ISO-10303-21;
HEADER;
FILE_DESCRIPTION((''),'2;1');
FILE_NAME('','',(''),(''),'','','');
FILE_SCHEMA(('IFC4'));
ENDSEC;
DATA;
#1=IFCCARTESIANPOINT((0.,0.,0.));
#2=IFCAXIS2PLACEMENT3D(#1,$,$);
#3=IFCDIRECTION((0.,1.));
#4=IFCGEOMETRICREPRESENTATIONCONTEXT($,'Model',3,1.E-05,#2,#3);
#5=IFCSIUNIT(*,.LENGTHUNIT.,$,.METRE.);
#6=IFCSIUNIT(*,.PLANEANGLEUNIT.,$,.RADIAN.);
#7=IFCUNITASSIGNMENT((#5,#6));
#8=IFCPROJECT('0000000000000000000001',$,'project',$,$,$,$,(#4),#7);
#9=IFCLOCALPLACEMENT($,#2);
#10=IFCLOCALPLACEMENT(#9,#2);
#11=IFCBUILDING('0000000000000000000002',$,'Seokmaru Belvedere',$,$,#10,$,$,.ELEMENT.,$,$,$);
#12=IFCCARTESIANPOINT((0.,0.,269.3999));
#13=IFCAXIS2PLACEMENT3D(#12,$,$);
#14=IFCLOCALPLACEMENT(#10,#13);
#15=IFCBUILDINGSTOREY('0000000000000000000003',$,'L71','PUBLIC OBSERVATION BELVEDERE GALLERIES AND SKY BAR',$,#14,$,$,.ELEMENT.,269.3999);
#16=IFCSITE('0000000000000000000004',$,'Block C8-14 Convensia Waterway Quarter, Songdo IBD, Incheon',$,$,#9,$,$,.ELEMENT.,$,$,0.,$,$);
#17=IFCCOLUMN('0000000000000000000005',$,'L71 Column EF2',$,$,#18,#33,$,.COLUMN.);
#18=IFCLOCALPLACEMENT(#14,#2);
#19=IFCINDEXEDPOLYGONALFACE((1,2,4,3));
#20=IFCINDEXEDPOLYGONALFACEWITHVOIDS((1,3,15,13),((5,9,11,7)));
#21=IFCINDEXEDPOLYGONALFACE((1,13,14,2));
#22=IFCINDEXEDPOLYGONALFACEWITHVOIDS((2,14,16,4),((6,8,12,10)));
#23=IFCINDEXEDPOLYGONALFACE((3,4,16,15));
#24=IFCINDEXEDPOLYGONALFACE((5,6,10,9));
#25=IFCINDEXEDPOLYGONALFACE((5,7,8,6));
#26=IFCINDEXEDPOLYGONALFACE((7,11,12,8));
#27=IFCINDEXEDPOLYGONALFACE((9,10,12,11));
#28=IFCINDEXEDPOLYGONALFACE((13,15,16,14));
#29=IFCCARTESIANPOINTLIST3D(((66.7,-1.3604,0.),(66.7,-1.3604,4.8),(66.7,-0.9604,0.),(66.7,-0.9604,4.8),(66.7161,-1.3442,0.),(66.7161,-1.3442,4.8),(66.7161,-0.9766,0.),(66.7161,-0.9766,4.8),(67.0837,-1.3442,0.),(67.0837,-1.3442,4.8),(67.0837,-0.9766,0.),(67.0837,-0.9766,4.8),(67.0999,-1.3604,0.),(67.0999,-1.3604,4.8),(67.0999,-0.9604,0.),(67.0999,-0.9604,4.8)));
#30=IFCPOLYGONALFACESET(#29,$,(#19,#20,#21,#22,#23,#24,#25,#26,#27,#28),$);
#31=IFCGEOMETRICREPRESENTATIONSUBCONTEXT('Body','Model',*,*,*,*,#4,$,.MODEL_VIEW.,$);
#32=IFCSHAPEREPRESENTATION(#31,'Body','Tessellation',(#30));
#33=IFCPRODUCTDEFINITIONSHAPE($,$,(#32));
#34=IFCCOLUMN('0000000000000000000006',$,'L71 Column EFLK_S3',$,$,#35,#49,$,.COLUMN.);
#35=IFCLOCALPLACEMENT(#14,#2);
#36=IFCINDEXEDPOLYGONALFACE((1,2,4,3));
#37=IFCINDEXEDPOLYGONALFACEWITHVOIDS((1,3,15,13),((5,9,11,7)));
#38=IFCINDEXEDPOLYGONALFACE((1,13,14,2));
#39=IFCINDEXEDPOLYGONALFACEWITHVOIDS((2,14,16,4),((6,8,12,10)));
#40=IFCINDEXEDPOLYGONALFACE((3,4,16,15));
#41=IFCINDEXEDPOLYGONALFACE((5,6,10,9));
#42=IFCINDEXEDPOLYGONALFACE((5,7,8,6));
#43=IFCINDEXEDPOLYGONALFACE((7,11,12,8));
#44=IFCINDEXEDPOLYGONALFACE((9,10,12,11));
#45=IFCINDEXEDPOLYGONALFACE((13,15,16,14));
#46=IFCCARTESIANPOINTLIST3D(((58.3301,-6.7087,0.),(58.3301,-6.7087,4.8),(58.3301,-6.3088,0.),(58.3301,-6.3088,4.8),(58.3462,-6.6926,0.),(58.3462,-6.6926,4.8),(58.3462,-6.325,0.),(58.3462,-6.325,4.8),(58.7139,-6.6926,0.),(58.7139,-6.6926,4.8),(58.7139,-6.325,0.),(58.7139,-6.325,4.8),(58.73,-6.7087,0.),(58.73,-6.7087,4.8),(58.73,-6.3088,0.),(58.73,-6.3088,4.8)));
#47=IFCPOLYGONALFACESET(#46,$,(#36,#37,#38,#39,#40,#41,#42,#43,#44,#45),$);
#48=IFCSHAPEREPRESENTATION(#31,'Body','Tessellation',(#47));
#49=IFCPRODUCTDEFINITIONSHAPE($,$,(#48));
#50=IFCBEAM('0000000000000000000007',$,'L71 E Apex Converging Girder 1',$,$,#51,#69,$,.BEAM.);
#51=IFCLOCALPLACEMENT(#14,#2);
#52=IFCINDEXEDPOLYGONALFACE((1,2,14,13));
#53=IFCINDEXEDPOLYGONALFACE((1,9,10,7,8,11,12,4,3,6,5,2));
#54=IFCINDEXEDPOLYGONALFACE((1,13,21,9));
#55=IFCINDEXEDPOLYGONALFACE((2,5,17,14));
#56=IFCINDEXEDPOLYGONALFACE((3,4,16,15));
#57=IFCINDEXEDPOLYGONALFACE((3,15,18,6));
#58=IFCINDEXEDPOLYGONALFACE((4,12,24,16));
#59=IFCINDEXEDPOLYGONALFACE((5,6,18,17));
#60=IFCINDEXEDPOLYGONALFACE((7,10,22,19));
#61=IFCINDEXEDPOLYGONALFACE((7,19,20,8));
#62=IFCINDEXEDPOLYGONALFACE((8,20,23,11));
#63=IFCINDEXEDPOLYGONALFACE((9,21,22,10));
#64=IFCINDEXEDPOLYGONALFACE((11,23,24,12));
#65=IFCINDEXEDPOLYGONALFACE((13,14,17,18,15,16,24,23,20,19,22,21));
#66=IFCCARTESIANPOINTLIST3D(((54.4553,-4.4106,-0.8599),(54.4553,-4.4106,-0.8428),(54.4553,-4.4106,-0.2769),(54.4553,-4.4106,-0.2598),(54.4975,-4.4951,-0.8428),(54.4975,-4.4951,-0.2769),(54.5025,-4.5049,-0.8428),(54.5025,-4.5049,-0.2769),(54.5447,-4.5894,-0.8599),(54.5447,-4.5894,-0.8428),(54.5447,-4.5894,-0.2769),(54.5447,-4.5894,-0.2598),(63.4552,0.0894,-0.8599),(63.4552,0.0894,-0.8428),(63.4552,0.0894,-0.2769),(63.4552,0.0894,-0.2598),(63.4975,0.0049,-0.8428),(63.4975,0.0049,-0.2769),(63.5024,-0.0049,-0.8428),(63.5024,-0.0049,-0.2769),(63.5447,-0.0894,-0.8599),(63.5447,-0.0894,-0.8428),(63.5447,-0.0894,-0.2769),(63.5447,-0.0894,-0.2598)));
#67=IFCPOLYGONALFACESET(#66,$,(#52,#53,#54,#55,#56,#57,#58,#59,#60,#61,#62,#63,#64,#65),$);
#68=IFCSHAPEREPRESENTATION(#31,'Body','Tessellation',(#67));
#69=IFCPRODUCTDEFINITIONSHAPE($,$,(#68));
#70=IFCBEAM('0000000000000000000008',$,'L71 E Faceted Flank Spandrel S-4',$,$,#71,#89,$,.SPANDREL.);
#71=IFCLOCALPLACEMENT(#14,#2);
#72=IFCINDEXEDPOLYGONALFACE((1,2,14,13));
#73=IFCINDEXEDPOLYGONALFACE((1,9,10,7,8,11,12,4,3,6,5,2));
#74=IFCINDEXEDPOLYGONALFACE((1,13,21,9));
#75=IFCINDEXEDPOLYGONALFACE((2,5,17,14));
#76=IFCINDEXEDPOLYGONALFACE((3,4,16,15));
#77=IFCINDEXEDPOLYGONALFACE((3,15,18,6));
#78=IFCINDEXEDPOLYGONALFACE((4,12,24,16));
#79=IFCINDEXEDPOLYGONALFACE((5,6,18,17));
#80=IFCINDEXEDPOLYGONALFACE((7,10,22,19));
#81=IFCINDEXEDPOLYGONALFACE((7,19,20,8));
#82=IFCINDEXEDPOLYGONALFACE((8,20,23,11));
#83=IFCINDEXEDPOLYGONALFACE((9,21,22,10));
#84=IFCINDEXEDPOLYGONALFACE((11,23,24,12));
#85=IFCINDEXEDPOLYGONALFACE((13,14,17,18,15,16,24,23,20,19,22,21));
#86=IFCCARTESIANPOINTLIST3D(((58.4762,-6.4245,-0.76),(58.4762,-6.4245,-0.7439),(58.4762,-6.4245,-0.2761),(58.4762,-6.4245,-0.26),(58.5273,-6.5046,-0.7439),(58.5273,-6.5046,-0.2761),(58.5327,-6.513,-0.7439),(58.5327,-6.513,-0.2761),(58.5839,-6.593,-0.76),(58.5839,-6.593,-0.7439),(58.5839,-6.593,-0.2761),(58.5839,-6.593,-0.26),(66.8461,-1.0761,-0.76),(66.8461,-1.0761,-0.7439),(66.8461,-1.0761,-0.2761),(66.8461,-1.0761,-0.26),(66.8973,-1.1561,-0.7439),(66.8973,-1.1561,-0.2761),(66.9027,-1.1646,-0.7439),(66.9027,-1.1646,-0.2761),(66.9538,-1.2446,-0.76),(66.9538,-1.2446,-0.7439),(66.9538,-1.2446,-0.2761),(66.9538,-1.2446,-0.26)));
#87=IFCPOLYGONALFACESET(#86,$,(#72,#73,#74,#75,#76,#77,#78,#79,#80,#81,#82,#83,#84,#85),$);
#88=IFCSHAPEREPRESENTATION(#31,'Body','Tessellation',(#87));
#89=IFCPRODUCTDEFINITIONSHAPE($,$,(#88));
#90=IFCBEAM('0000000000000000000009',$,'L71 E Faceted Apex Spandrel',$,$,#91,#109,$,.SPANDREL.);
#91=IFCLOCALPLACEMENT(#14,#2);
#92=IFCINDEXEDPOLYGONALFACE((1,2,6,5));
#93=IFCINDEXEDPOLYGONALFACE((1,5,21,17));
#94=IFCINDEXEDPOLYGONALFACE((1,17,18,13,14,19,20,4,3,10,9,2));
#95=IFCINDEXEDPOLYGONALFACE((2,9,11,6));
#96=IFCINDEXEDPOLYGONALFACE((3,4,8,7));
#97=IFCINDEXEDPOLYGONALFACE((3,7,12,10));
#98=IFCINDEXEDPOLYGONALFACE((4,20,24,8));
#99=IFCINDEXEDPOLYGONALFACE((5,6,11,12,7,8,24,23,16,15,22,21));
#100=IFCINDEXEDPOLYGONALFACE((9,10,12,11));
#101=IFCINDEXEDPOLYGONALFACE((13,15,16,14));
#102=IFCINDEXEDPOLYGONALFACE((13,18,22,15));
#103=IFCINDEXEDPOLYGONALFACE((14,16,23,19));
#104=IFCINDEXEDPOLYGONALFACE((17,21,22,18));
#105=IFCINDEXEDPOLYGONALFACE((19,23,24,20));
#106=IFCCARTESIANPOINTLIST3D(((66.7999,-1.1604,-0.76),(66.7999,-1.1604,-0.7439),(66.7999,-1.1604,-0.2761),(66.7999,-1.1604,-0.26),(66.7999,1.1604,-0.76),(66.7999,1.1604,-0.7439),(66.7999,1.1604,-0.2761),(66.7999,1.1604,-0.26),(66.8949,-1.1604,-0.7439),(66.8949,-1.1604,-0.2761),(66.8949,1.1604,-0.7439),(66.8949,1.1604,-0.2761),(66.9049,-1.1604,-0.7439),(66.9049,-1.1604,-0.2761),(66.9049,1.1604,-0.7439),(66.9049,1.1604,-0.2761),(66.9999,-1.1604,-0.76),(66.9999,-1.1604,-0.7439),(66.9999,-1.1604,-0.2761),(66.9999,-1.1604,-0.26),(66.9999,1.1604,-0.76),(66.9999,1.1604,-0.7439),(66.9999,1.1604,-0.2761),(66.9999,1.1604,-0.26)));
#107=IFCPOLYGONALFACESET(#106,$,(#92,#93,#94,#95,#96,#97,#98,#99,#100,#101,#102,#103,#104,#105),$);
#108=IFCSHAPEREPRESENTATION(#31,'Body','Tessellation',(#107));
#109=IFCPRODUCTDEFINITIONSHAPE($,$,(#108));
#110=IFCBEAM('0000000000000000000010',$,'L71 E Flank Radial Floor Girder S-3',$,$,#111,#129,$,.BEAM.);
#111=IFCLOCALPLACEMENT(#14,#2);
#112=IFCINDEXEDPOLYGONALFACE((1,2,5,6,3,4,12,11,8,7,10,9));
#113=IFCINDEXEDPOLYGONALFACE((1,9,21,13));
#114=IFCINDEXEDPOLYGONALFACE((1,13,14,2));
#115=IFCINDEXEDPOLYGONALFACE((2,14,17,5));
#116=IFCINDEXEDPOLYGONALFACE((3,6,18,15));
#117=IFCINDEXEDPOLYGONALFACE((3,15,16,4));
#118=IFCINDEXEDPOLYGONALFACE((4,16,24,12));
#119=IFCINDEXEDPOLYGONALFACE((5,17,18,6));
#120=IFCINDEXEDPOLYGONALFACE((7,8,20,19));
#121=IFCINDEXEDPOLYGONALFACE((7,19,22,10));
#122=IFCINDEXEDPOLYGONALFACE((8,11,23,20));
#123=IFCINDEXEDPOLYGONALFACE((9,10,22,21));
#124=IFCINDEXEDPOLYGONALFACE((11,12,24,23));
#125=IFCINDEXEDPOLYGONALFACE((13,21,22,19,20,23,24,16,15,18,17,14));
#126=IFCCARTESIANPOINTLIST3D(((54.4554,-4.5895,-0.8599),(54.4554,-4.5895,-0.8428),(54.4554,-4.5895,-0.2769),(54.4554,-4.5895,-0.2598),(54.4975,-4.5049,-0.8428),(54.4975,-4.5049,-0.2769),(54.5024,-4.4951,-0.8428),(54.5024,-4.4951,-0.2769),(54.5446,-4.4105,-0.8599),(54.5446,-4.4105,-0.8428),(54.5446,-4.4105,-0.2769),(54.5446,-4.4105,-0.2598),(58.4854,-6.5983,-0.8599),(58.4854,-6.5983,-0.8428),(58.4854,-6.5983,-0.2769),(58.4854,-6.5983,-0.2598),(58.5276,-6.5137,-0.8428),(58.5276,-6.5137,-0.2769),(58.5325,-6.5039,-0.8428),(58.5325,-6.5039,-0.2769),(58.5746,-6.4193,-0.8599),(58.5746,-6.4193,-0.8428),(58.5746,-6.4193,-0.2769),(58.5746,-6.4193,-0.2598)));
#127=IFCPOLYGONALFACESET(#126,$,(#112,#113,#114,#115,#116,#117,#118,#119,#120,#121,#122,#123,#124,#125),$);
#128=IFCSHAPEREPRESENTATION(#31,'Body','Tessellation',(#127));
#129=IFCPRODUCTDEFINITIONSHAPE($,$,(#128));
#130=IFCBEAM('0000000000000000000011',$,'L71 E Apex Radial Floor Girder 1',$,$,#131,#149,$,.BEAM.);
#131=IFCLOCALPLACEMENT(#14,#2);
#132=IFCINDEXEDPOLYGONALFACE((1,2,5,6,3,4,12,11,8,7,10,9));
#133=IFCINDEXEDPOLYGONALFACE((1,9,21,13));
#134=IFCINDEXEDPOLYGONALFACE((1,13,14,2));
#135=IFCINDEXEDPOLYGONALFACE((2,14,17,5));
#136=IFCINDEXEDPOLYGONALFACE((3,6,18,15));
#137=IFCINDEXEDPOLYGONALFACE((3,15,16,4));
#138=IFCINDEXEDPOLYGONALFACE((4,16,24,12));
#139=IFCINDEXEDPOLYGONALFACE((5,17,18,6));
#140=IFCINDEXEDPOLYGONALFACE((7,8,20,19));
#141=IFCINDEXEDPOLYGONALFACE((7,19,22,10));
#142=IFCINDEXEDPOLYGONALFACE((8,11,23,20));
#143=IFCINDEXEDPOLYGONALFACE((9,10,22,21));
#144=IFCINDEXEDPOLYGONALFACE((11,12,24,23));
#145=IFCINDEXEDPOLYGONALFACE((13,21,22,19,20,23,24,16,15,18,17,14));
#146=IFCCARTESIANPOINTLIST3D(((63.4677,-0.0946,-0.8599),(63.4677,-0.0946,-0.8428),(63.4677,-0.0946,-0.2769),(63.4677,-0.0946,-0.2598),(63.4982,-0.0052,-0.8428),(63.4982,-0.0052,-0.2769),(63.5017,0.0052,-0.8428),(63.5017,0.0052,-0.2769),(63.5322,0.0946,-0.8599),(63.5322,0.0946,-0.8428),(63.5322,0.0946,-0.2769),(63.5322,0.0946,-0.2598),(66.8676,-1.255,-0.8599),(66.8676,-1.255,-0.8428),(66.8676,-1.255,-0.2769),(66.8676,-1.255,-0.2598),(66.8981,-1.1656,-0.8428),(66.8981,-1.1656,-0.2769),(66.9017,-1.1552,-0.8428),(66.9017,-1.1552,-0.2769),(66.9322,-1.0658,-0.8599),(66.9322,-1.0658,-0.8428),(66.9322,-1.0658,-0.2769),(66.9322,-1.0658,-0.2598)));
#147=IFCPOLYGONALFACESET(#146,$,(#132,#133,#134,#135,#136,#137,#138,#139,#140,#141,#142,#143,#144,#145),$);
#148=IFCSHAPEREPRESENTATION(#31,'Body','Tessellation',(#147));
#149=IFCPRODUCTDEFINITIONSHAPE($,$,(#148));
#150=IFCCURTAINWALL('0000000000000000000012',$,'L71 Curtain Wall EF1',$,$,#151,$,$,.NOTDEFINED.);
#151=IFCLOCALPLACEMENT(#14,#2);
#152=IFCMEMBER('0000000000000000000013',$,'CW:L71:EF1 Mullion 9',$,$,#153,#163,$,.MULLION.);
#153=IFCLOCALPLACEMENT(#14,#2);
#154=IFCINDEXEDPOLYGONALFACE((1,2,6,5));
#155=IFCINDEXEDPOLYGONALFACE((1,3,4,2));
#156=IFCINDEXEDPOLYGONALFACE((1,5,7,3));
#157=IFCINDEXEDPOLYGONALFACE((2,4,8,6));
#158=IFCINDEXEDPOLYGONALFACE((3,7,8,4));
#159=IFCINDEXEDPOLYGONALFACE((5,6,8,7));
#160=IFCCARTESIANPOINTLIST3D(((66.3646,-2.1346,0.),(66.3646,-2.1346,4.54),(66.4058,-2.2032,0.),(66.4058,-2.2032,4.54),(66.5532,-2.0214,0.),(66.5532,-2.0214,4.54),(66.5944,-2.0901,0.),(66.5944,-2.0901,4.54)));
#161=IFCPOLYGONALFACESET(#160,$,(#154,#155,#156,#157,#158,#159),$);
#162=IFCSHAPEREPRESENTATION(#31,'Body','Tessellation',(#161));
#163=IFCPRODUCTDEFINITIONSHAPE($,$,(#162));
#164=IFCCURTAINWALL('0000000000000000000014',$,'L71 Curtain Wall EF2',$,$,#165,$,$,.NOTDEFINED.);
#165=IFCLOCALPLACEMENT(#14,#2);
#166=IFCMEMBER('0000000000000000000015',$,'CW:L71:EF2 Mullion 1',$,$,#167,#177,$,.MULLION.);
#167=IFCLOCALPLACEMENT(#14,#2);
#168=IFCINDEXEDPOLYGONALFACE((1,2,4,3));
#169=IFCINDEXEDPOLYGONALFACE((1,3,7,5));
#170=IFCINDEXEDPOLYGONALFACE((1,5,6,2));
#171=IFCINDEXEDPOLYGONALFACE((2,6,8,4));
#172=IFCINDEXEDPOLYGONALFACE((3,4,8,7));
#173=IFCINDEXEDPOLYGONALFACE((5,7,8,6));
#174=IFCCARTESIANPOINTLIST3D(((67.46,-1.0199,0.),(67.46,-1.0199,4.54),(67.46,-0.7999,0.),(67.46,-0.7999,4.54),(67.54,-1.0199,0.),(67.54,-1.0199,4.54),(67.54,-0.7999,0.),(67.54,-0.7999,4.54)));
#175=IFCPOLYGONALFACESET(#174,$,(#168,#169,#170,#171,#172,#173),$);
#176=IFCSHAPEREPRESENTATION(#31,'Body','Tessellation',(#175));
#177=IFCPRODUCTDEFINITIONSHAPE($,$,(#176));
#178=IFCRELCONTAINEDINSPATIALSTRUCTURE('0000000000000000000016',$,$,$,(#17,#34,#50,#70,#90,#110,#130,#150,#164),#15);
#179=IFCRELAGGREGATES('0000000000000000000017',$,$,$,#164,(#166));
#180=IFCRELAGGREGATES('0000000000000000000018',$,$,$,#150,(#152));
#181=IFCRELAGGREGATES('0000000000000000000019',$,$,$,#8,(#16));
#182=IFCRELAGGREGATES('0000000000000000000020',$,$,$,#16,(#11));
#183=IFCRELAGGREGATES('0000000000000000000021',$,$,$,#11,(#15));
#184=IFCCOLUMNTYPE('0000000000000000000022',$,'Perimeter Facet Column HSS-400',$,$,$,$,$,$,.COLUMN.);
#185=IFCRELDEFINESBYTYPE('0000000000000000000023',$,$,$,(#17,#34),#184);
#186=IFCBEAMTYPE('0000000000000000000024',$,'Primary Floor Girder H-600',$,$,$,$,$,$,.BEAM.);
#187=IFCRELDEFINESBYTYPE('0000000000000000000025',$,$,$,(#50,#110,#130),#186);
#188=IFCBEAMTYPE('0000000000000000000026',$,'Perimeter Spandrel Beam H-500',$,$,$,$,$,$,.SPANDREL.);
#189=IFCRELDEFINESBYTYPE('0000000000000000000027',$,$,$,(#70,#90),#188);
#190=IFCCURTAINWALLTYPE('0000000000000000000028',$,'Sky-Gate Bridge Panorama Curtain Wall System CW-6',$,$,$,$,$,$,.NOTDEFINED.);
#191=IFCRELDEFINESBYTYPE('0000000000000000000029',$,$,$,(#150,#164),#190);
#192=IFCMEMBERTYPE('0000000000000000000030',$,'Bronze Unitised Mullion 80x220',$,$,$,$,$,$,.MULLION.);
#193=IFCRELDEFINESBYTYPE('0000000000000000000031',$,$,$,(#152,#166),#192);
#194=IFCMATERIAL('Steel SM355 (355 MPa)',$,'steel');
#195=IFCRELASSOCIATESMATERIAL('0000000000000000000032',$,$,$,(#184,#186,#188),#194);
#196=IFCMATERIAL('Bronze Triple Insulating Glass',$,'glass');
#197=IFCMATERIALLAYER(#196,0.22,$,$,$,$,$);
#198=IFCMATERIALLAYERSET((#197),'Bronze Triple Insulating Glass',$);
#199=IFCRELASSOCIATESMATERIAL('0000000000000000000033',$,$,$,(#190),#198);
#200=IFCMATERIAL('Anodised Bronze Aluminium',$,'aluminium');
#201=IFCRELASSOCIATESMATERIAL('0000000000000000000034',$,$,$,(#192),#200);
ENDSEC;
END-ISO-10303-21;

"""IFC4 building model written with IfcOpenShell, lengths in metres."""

from ifc_helpers import new_model, si_unit, direction, frame, origin, origin_2d, place, context, subcontext, project, spatial, rectangle, hollow_rectangle, i_section, extrude, source, transform, mapped, material, layer, layer_set, material_profile, profile_set, type_object, type_shapes, element, aggregate, save


model = new_model("IFC4")

# Units and contexts
model_context = context("Model", 3, precision=1e-05, world=origin(), true_north=direction((0.0, 1.0)))
body_context = subcontext(model_context, "Body", "Model", "MODEL_VIEW")
ifc_project = project(units=[si_unit("LENGTHUNIT", "METRE"), si_unit("PLANEANGLEUNIT", "RADIAN")], contexts=[model_context])

# Site, building, storey
site_placement = place(None, origin())
site = spatial("IfcSite", under=ifc_project, at=site_placement, Name="Block C8-14 Convensia Waterway Quarter, Songdo IBD, Incheon", CompositionType="ELEMENT", RefElevation=0.0)
building_placement = place(site_placement, origin())
building = spatial("IfcBuilding", under=site, at=building_placement, Name="Seokmaru Belvedere", CompositionType="ELEMENT")
storey_placement = place(building_placement, frame((0.0, 0.0, 269.3999)))
storey = spatial("IfcBuildingStorey", under=building, at=storey_placement, Name="L71", Description="PUBLIC OBSERVATION BELVEDERE GALLERIES AND SKY BAR", CompositionType="ELEMENT", Elevation=269.3999)

# Columns
ifc_material_1 = material(Name="Steel SM355 (355 MPa)", Category="steel")
ifc_material_profile_1 = material_profile(ifc_material_1, hollow_rectangle(XDim=0.3999, YDim=0.3999, WallThickness=0.0161, at=origin_2d()), Name="HSS-400x400x16")
ifc_profile_set_1 = profile_set([ifc_material_profile_1], Name="Steel SM355 (355 MPa)")
column_type = type_object("IfcColumnType", Name="Perimeter Facet Column HSS-400", PredefinedType="COLUMN", material=ifc_profile_set_1)
shared_shape_1 = source(origin(), body_context, "Body", "SweptSolid", [
    extrude(hollow_rectangle(XDim=0.3999, YDim=0.3999, WallThickness=0.0161, at=origin_2d()), origin(), (0.0, 0.0, 1.0), 4.8),
])
type_shapes(column_type, [shared_shape_1])
for number, where, z_axis, x_axis, name in (
    (1, (66.8999, -1.1604, 0.0), (0.0, 0.0, 1.0), (1.0, 0.0, 0.0), "L71 Column EF2"),
    (2, (58.53, -6.5088, 0.0), (0.0, 0.0, 1.0), (1.0, 0.0, 0.0), "L71 Column EFLK_S3"),
):
    element("IfcColumn", number, at=place(storey_placement, frame(where, z_axis=z_axis, x_axis=x_axis)), inside=storey, type_object=column_type, Name=name, PredefinedType="COLUMN", context=body_context, shape_type="MappedRepresentation", body=[
        mapped(shared_shape_1, transform((0.0, 0.0, 0.0), scale=1.0)),
    ])

# Beams
ifc_material_profile_2 = material_profile(ifc_material_1, i_section(OverallWidth=0.2, OverallDepth=0.6001, WebThickness=0.011, FlangeThickness=0.0171, at=origin_2d()), Name="H-600x200x11x17")
ifc_profile_set_2 = profile_set([ifc_material_profile_2], Name="Steel SM355 (355 MPa)")
beam_type_1 = type_object("IfcBeamType", Name="Primary Floor Girder H-600", PredefinedType="BEAM", material=ifc_profile_set_2)
shared_shape_2 = source(origin(), body_context, "Body", "SweptSolid", [
    extrude(i_section(OverallWidth=0.2, OverallDepth=0.6001, WebThickness=0.011, FlangeThickness=0.0171, at=origin_2d()), origin(), (0.0, 0.0, 1.0), 10.0623),
])
beam_1_placement = place(storey_placement, frame((54.5, -4.5, -0.5598), z_axis=(0.894427, 0.447214, 0.0), x_axis=(-0.447214, 0.894427, 0.0)))
element("IfcBeam", 3, at=beam_1_placement, inside=storey, type_object=beam_type_1, Name="L71 E Apex Converging Girder 1", PredefinedType="BEAM", context=body_context, shape_type="MappedRepresentation", body=[
    mapped(shared_shape_2, transform((0.0, 0.0, 0.0), scale=1.0)),
])
ifc_material_profile_3 = material_profile(ifc_material_1, i_section(OverallWidth=0.2, OverallDepth=0.5, WebThickness=0.01, FlangeThickness=0.0161, at=origin_2d()), Name="H-500x200x10x16")
ifc_profile_set_3 = profile_set([ifc_material_profile_3], Name="Steel SM355 (355 MPa)")
beam_type_2 = type_object("IfcBeamType", Name="Perimeter Spandrel Beam H-500", PredefinedType="SPANDREL", material=ifc_profile_set_3)
shared_shape_3 = source(origin(), body_context, "Body", "SweptSolid", [
    extrude(i_section(OverallWidth=0.2, OverallDepth=0.5, WebThickness=0.01, FlangeThickness=0.0161, at=origin_2d()), origin(), (0.0, 0.0, 1.0), 9.9329),
])
beam_2_placement = place(storey_placement, frame((58.53, -6.5088, -0.51), z_axis=(0.842652, 0.538459, 0.0), x_axis=(-0.538459, 0.842652, 0.0)))
element("IfcBeam", 4, at=beam_2_placement, inside=storey, type_object=beam_type_2, Name="L71 E Faceted Flank Spandrel S-4", PredefinedType="SPANDREL", context=body_context, shape_type="MappedRepresentation", body=[
    mapped(shared_shape_3, transform((0.0, 0.0, 0.0), scale=1.0)),
])
shared_shape_4 = source(origin(), body_context, "Body", "SweptSolid", [
    extrude(i_section(OverallWidth=0.2, OverallDepth=0.5, WebThickness=0.01, FlangeThickness=0.0161, at=origin_2d()), origin(), (0.0, 0.0, 1.0), 2.3208),
])
type_shapes(beam_type_2, [shared_shape_3, shared_shape_4])
beam_3_placement = place(storey_placement, frame((66.8999, -1.1604, -0.51), z_axis=(0.0, 1.0, 0.0), x_axis=(-1.0, 0.0, 0.0)))
element("IfcBeam", 5, at=beam_3_placement, inside=storey, type_object=beam_type_2, Name="L71 E Faceted Apex Spandrel", PredefinedType="SPANDREL", context=body_context, shape_type="MappedRepresentation", body=[
    mapped(shared_shape_4, transform((0.0, 0.0, 0.0), scale=1.0)),
])
shared_shape_5 = source(origin(), body_context, "Body", "SweptSolid", [
    extrude(i_section(OverallWidth=0.2, OverallDepth=0.6001, WebThickness=0.011, FlangeThickness=0.0171, at=origin_2d()), origin(), (0.0, 0.0, 1.0), 4.5029),
])
beam_4_placement = place(storey_placement, frame((58.53, -6.5088, -0.5598), z_axis=(-0.89498, 0.446107, 0.0), x_axis=(-0.446107, -0.89498, 0.0)))
element("IfcBeam", 6, at=beam_4_placement, inside=storey, type_object=beam_type_1, Name="L71 E Flank Radial Floor Girder S-3", PredefinedType="BEAM", context=body_context, shape_type="MappedRepresentation", body=[
    mapped(shared_shape_5, transform((0.0, 0.0, 0.0), scale=1.0)),
])
shared_shape_6 = source(origin(), body_context, "Body", "SweptSolid", [
    extrude(i_section(OverallWidth=0.2, OverallDepth=0.6001, WebThickness=0.011, FlangeThickness=0.0171, at=origin_2d()), origin(), (0.0, 0.0, 1.0), 3.5925),
])
type_shapes(beam_type_1, [shared_shape_2, shared_shape_5, shared_shape_6])
beam_5_placement = place(storey_placement, frame((66.8999, -1.1604, -0.5598), z_axis=(-0.946396, 0.323009, 0.0), x_axis=(-0.323009, -0.946396, 0.0)))
element("IfcBeam", 7, at=beam_5_placement, inside=storey, type_object=beam_type_1, Name="L71 E Apex Radial Floor Girder 1", PredefinedType="BEAM", context=body_context, shape_type="MappedRepresentation", body=[
    mapped(shared_shape_6, transform((0.0, 0.0, 0.0), scale=1.0)),
])

# Curtain walls, members
ifc_material_2 = material(Name="Bronze Triple Insulating Glass", Category="glass")
ifc_layer_1 = layer(ifc_material_2, 0.22)
ifc_layer_set_1 = layer_set([ifc_layer_1], Name="Bronze Triple Insulating Glass")
curtain_wall_type = type_object("IfcCurtainWallType", Name="Sky-Gate Bridge Panorama Curtain Wall System CW-6", PredefinedType="NOTDEFINED", material=ifc_layer_set_1)
curtain_wall_1_placement = place(storey_placement, origin())
curtain_wall_1 = element("IfcCurtainWall", 8, at=curtain_wall_1_placement, inside=storey, type_object=curtain_wall_type, Name="L71 Curtain Wall EF1", PredefinedType="NOTDEFINED")
ifc_material_3 = material(Name="Anodised Bronze Aluminium", Category="aluminium")
ifc_material_profile_4 = material_profile(ifc_material_3, rectangle(XDim=0.0801, YDim=0.22, at=origin_2d()), Name="CW-M-80x220")
ifc_profile_set_4 = profile_set([ifc_material_profile_4], Name="Anodised Bronze Aluminium")
member_type_1 = type_object("IfcMemberType", Name="Bronze Unitised Mullion 80x220", PredefinedType="MULLION", material=ifc_profile_set_4)
shared_shape_7 = source(origin(), body_context, "Body", "SweptSolid", [
    extrude(rectangle(XDim=0.0801, YDim=0.22, at=origin_2d()), origin(), (0.0, 0.0, 1.0), 4.54),
])
member_1_placement = place(storey_placement, frame((66.4795, -2.1123, 0.0), z_axis=(0.0, 0.0, 1.0), x_axis=(-0.514495, 0.857493, 0.0)))
member_1 = element("IfcMember", 9, at=member_1_placement, type_object=member_type_1, Name="CW:L71:EF1 Mullion 9", PredefinedType="MULLION", context=body_context, shape_type="MappedRepresentation", body=[
    mapped(shared_shape_7, transform((0.0, 0.0, 0.0), scale=1.0)),
])
curtain_wall_2_placement = place(storey_placement, origin())
curtain_wall_2 = element("IfcCurtainWall", 10, at=curtain_wall_2_placement, inside=storey, type_object=curtain_wall_type, Name="L71 Curtain Wall EF2", PredefinedType="NOTDEFINED")
member_2_placement = place(storey_placement, frame((67.5, -0.9099, 0.0), z_axis=(0.0, 0.0, 1.0), x_axis=(-1.0, 0.0, 0.0)))
member_2 = element("IfcMember", 11, at=member_2_placement, type_object=member_type_1, Name="CW:L71:EF2 Mullion 1", PredefinedType="MULLION", context=body_context, shape_type="MappedRepresentation", body=[
    mapped(shared_shape_7, transform((0.0, 0.0, 0.0), scale=1.0)),
])

aggregate(curtain_wall_2, [member_2])

aggregate(curtain_wall_1, [member_1])

save(model, "model.ifc")
